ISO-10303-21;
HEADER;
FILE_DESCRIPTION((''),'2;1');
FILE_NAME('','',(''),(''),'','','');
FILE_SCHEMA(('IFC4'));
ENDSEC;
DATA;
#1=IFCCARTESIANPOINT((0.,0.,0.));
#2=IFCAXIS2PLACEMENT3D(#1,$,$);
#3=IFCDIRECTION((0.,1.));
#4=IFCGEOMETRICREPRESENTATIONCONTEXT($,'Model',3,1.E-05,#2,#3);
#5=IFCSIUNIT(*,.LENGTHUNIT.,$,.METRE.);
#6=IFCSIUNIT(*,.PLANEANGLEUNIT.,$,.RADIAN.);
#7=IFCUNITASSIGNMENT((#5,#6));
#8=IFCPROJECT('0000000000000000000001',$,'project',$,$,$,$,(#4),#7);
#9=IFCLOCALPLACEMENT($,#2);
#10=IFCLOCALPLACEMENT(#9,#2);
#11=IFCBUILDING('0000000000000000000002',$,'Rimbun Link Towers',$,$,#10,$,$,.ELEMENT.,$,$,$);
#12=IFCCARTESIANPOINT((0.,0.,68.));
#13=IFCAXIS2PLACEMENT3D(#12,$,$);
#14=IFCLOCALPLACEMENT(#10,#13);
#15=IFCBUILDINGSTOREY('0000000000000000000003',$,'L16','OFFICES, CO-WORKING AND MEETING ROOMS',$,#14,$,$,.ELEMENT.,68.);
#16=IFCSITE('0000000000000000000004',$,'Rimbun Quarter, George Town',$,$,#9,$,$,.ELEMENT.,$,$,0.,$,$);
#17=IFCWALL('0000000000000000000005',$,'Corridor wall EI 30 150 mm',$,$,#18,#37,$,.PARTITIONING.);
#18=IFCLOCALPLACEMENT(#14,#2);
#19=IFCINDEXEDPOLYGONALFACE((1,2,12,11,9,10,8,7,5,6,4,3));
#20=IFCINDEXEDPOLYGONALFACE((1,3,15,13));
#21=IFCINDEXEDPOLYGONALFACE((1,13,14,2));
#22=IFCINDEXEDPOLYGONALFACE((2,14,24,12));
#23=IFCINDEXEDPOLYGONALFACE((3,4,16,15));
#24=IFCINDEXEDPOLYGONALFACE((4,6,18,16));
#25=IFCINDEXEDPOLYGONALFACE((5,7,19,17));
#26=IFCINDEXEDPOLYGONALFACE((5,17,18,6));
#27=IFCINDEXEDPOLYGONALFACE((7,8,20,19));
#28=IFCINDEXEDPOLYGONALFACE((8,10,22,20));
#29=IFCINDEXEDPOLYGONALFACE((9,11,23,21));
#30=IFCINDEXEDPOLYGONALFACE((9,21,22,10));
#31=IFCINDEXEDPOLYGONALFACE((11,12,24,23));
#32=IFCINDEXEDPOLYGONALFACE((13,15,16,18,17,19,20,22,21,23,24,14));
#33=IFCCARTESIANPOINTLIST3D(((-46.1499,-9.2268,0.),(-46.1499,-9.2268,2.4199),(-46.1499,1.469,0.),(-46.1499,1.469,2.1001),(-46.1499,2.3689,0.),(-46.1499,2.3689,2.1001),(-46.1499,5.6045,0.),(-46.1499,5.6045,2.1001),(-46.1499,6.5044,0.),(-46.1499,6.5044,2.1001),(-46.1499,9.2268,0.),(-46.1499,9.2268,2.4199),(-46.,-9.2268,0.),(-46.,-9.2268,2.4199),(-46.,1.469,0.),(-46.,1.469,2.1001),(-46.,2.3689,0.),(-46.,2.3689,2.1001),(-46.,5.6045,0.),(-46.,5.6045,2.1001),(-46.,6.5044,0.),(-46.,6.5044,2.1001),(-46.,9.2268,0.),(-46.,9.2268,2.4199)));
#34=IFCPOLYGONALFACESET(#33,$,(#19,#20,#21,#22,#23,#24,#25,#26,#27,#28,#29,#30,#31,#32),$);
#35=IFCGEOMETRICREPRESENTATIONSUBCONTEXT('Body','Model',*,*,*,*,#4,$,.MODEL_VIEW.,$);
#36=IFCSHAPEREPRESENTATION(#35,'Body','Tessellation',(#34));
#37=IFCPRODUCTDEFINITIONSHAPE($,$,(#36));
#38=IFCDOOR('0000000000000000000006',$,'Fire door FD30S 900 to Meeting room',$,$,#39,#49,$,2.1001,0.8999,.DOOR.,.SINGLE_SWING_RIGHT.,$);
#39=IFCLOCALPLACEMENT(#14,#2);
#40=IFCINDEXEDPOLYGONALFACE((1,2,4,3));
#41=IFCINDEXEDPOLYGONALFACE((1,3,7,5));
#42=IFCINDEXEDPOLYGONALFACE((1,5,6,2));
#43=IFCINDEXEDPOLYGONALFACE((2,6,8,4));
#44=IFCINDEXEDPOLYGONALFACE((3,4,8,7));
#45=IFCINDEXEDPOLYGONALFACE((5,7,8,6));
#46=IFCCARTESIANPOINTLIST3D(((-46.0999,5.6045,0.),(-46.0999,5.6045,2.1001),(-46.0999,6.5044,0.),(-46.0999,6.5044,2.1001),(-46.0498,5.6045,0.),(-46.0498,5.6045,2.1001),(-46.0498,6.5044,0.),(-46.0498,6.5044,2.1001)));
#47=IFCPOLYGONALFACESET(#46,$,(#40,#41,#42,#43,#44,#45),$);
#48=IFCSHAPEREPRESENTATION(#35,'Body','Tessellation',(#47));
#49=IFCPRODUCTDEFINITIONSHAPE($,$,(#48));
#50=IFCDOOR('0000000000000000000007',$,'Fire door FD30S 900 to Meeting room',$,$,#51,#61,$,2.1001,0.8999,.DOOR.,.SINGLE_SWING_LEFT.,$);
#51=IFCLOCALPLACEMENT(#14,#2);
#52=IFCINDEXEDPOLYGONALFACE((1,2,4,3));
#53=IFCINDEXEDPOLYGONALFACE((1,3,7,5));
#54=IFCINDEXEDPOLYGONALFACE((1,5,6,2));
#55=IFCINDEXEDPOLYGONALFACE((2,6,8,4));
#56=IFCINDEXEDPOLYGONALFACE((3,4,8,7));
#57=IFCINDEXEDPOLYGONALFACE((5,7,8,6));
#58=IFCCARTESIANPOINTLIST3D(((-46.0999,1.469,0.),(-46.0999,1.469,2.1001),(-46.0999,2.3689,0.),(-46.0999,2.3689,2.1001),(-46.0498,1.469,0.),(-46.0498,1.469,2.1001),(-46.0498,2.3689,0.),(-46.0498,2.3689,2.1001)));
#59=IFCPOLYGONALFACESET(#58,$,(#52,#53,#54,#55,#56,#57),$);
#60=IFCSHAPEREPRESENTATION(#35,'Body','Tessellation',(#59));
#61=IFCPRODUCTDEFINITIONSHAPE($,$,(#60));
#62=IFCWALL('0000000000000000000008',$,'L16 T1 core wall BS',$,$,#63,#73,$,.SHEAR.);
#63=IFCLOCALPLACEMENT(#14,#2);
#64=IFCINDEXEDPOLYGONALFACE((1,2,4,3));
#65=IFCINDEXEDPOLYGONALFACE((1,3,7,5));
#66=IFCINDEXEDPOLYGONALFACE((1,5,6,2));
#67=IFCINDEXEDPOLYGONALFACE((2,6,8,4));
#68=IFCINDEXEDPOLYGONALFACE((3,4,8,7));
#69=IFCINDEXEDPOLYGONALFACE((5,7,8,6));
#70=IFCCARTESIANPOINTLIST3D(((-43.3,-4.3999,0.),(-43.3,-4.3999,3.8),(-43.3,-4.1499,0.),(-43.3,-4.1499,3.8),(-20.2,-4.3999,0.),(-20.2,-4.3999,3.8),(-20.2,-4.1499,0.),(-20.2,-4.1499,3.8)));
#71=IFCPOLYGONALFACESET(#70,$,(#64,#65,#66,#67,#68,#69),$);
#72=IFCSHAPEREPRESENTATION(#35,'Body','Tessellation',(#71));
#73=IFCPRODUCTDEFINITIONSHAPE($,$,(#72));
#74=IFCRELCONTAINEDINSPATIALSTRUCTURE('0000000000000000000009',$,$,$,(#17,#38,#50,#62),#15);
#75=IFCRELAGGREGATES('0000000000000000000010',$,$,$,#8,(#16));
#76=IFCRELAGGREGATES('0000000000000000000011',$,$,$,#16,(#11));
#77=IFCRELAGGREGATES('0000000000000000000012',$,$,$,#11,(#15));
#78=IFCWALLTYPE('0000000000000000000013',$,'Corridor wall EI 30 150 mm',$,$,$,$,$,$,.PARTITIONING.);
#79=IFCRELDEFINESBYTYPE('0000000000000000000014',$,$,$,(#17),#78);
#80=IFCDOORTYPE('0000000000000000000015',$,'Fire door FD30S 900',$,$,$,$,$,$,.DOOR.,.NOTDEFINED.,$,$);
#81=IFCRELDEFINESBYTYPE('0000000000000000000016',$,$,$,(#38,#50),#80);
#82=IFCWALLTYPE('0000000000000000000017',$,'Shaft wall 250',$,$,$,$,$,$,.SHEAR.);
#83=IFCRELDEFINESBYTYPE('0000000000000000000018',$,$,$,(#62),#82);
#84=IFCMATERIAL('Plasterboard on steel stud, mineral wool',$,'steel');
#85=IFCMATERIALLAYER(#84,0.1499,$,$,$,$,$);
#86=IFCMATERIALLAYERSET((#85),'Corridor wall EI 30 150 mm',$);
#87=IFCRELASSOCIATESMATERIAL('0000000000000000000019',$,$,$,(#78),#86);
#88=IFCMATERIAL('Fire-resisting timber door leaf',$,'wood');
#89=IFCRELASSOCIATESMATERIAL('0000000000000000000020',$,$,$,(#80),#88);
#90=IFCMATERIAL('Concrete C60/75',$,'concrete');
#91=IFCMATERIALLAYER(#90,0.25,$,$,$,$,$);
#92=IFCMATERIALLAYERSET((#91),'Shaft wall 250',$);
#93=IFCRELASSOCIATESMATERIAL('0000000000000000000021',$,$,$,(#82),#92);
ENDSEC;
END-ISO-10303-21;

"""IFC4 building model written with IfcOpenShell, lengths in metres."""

from ifc_helpers import new_model, si_unit, direction, frame, frame_2d, origin, place, context, subcontext, project, spatial, rectangle, extrude, material, layer, layer_set, type_object, element, fill, save


model = new_model("IFC4")

# Units and contexts
model_context = context("Model", 3, precision=1e-05, world=origin(), true_north=direction((0.0, 1.0)))
body_context = subcontext(model_context, "Body", "Model", "MODEL_VIEW")
ifc_project = project(units=[si_unit("LENGTHUNIT", "METRE"), si_unit("PLANEANGLEUNIT", "RADIAN")], contexts=[model_context])

# Site, building, storey
site_placement = place(None, origin())
site = spatial("IfcSite", under=ifc_project, at=site_placement, Name="Rimbun Quarter, George Town", CompositionType="ELEMENT", RefElevation=0.0)
building_placement = place(site_placement, origin())
building = spatial("IfcBuilding", under=site, at=building_placement, Name="Rimbun Link Towers", CompositionType="ELEMENT")
storey_placement = place(building_placement, frame((0.0, 0.0, 68.0)))
storey = spatial("IfcBuildingStorey", under=building, at=storey_placement, Name="L16", Description="OFFICES, CO-WORKING AND MEETING ROOMS", CompositionType="ELEMENT", Elevation=68.0)

# Shared definitions
ifc_material_1 = material(Name="Plasterboard on steel stud, mineral wool", Category="steel")
ifc_layer_1 = layer(ifc_material_1, 0.1499)
ifc_layer_set_1 = layer_set([ifc_layer_1], Name="Corridor wall EI 30 150 mm")
wall_type_1 = type_object("IfcWallType", Name="Corridor wall EI 30 150 mm", PredefinedType="PARTITIONING", material=ifc_layer_set_1)

# Wall, openings, doors
wall_1_placement = place(storey_placement, frame((-46.075, -9.2268, 0.0), z_axis=(0.0, 0.0, 1.0), x_axis=(0.0, 1.0, 0.0)))
wall_1 = element("IfcWall", 1, at=wall_1_placement, inside=storey, type_object=wall_type_1, Name="Corridor wall EI 30 150 mm", PredefinedType="PARTITIONING", context=body_context, shape_type="SweptSolid", body=[
    extrude(rectangle(XDim=18.4536, YDim=0.1499, at=frame_2d((9.2268, 0.0))), origin(), (0.0, 0.0, 1.0), 2.4199),
])
opening_1_placement = place(wall_1_placement, frame((14.8313, 0.0, 0.0)))
opening_1 = element("IfcOpeningElement", 2, at=opening_1_placement, cuts=wall_1, PredefinedType="OPENING", context=body_context, shape_type="SweptSolid", body=[
    extrude(rectangle(XDim=0.8999, YDim=2.1001, at=frame_2d((0.45, 1.05))), frame((0.0, 0.085, 0.0), z_axis=(0.0, -1.0, 0.0), x_axis=(1.0, 0.0, 0.0)), (0.0, 0.0, 1.0), 0.1699),
])
opening_2_placement = place(wall_1_placement, frame((10.6958, 0.0, 0.0)))
opening_2 = element("IfcOpeningElement", 3, at=opening_2_placement, cuts=wall_1, PredefinedType="OPENING", context=body_context, shape_type="SweptSolid", body=[
    extrude(rectangle(XDim=0.8999, YDim=2.1001, at=frame_2d((0.45, 1.05))), frame((0.0, 0.085, 0.0), z_axis=(0.0, -1.0, 0.0), x_axis=(1.0, 0.0, 0.0)), (0.0, 0.0, 1.0), 0.1699),
])
ifc_material_2 = material(Name="Fire-resisting timber door leaf", Category="wood")
door_type_1 = type_object("IfcDoorType", Name="Fire door FD30S 900", OperationType="NOTDEFINED", PredefinedType="DOOR", material=ifc_material_2)
door_1_placement = place(opening_1_placement, origin())
door_1 = element("IfcDoor", 4, at=door_1_placement, inside=storey, type_object=door_type_1, Name="Fire door FD30S 900 to Meeting room", OperationType="SINGLE_SWING_RIGHT", OverallHeight=2.1001, OverallWidth=0.8999, PredefinedType="DOOR", context=body_context, shape_type="SweptSolid", body=[
    extrude(rectangle(XDim=0.8999, YDim=2.1001, at=frame_2d((0.45, 1.05))), frame((0.0, 0.0249, 0.0), z_axis=(0.0, -1.0, 0.0), x_axis=(1.0, 0.0, 0.0)), (0.0, 0.0, 1.0), 0.05),
])
fill(opening_1, door_1)
door_2_placement = place(opening_2_placement, origin())
door_2 = element("IfcDoor", 5, at=door_2_placement, inside=storey, type_object=door_type_1, Name="Fire door FD30S 900 to Meeting room", OperationType="SINGLE_SWING_LEFT", OverallHeight=2.1001, OverallWidth=0.8999, PredefinedType="DOOR", context=body_context, shape_type="SweptSolid", body=[
    extrude(rectangle(XDim=0.8999, YDim=2.1001, at=frame_2d((0.45, 1.05))), frame((0.0, 0.0249, 0.0), z_axis=(0.0, -1.0, 0.0), x_axis=(1.0, 0.0, 0.0)), (0.0, 0.0, 1.0), 0.05),
])
fill(opening_2, door_2)

# Wall
ifc_material_3 = material(Name="Concrete C60/75", Category="concrete")
ifc_layer_2 = layer(ifc_material_3, 0.25)
ifc_layer_set_2 = layer_set([ifc_layer_2], Name="Shaft wall 250")
wall_type_2 = type_object("IfcWallType", Name="Shaft wall 250", PredefinedType="SHEAR", material=ifc_layer_set_2)
wall_2_placement = place(storey_placement, frame((-43.3, -4.2749, 0.0), z_axis=(0.0, 0.0, 1.0), x_axis=(1.0, 0.0, 0.0)))
element("IfcWall", 6, at=wall_2_placement, inside=storey, type_object=wall_type_2, Name="L16 T1 core wall BS", PredefinedType="SHEAR", context=body_context, shape_type="SweptSolid", body=[
    extrude(rectangle(XDim=23.1001, YDim=0.25, at=frame_2d((11.55, 0.0))), origin(), (0.0, 0.0, 1.0), 3.8),
])

save(model, "model.ifc")
